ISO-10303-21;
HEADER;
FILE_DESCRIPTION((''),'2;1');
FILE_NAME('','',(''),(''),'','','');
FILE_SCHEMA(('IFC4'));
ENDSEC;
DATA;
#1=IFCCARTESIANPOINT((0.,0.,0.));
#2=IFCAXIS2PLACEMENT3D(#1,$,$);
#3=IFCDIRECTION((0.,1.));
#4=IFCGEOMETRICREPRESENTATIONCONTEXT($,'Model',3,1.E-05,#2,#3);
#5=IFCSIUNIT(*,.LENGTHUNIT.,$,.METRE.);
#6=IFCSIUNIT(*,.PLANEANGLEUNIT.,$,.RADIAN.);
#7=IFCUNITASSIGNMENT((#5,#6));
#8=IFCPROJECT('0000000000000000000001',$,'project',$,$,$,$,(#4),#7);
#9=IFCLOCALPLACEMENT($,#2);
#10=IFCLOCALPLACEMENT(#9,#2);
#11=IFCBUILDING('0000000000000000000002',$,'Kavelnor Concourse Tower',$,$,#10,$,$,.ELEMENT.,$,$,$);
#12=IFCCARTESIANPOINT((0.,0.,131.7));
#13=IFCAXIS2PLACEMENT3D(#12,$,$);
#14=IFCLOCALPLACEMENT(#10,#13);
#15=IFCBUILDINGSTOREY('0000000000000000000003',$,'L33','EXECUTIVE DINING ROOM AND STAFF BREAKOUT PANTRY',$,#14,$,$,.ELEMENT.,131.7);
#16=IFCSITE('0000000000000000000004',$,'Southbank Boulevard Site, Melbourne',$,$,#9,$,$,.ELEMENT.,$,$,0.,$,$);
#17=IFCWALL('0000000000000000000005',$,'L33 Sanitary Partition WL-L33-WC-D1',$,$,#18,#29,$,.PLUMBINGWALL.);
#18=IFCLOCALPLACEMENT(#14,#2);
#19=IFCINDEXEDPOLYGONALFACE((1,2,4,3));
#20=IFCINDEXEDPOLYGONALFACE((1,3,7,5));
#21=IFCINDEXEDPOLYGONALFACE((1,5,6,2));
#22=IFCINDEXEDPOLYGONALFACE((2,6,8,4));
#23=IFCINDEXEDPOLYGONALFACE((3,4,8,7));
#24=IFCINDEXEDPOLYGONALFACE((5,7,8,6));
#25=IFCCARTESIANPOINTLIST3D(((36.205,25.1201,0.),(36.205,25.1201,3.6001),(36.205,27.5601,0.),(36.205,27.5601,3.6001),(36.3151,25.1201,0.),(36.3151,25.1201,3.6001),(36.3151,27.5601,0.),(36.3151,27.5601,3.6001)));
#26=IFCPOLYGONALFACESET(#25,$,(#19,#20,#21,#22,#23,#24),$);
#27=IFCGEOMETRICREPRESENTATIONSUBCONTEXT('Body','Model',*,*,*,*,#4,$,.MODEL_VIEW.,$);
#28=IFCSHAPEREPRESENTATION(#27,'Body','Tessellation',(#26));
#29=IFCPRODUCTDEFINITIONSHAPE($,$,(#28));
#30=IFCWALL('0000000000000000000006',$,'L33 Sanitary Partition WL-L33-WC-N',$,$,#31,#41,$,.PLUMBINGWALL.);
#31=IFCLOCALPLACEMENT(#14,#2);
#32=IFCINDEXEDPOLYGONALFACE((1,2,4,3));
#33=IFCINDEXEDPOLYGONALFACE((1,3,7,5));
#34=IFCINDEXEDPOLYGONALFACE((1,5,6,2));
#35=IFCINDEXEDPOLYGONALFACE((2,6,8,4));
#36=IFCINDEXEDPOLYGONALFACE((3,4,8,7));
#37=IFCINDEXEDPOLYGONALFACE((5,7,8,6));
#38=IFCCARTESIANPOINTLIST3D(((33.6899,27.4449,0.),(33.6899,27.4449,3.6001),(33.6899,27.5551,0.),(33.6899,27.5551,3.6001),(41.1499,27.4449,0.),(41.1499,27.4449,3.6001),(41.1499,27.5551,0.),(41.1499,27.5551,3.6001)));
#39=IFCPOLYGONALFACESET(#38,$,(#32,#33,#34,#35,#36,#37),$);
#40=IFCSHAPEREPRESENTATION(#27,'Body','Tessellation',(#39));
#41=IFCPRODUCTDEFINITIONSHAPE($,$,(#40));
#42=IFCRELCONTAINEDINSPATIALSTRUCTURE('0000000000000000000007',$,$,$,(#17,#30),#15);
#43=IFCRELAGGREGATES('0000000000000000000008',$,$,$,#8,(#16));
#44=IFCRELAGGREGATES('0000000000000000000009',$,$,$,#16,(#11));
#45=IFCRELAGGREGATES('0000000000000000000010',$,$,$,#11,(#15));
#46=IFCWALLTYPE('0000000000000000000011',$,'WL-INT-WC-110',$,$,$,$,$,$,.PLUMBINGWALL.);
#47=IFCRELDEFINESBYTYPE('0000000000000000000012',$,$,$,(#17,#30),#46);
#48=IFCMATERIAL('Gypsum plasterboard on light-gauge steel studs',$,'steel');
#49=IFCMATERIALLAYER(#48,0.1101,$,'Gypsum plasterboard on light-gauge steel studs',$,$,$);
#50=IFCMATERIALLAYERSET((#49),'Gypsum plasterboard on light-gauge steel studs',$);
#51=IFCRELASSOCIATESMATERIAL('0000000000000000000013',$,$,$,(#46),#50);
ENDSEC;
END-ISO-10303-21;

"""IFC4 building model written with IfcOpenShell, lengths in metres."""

from ifc_helpers import new_model, si_unit, direction, frame, frame_2d, origin, place, context, subcontext, project, spatial, rectangle, extrude, material, layer, layer_set, type_object, element, save


model = new_model("IFC4")

# Units and contexts
model_context = context("Model", 3, precision=1e-05, world=origin(), true_north=direction((0.0, 1.0)))
body_context = subcontext(model_context, "Body", "Model", "MODEL_VIEW")
ifc_project = project(units=[si_unit("LENGTHUNIT", "METRE"), si_unit("PLANEANGLEUNIT", "RADIAN")], contexts=[model_context])

# Site, building, storey
site_placement = place(None, origin())
site = spatial("IfcSite", under=ifc_project, at=site_placement, Name="Southbank Boulevard Site, Melbourne", CompositionType="ELEMENT", RefElevation=0.0)
building_placement = place(site_placement, origin())
building = spatial("IfcBuilding", under=site, at=building_placement, Name="Kavelnor Concourse Tower", CompositionType="ELEMENT")
storey_placement = place(building_placement, frame((0.0, 0.0, 131.7)))
storey = spatial("IfcBuildingStorey", under=building, at=storey_placement, Name="L33", Description="EXECUTIVE DINING ROOM AND STAFF BREAKOUT PANTRY", CompositionType="ELEMENT", Elevation=131.7)

# Walls
ifc_material_1 = material(Name="Gypsum plasterboard on light-gauge steel studs", Category="steel")
ifc_layer_1 = layer(ifc_material_1, 0.1101, Name="Gypsum plasterboard on light-gauge steel studs")
ifc_layer_set_1 = layer_set([ifc_layer_1], Name="Gypsum plasterboard on light-gauge steel studs")
wall_type_1 = type_object("IfcWallType", Name="WL-INT-WC-110", PredefinedType="PLUMBINGWALL", material=ifc_layer_set_1)
for number, where, z_axis, x_axis, name in (
    (1, (36.26, 25.1201, 0.0), (0.0, 0.0, 1.0), (0.0, 1.0, 0.0), "L33 Sanitary Partition WL-L33-WC-D1"),
):
    element("IfcWall", number, at=place(storey_placement, frame(where, z_axis=z_axis, x_axis=x_axis)), inside=storey, type_object=wall_type_1, Name=name, PredefinedType="PLUMBINGWALL", context=body_context, shape_type="SweptSolid", body=[
        extrude(rectangle(XDim=2.4399, YDim=0.1101, at=frame_2d((1.22, 0.0))), origin(), (0.0, 0.0, 1.0), 3.6001),
    ])
wall_1_placement = place(storey_placement, frame((33.6899, 27.5, 0.0), z_axis=(0.0, 0.0, 1.0), x_axis=(1.0, 0.0, 0.0)))
element("IfcWall", 2, at=wall_1_placement, inside=storey, type_object=wall_type_1, Name="L33 Sanitary Partition WL-L33-WC-N", PredefinedType="PLUMBINGWALL", context=body_context, shape_type="SweptSolid", body=[
    extrude(rectangle(XDim=7.46, YDim=0.1101, at=frame_2d((3.73, 0.0))), origin(), (0.0, 0.0, 1.0), 3.6001),
])

save(model, "model.ifc")
